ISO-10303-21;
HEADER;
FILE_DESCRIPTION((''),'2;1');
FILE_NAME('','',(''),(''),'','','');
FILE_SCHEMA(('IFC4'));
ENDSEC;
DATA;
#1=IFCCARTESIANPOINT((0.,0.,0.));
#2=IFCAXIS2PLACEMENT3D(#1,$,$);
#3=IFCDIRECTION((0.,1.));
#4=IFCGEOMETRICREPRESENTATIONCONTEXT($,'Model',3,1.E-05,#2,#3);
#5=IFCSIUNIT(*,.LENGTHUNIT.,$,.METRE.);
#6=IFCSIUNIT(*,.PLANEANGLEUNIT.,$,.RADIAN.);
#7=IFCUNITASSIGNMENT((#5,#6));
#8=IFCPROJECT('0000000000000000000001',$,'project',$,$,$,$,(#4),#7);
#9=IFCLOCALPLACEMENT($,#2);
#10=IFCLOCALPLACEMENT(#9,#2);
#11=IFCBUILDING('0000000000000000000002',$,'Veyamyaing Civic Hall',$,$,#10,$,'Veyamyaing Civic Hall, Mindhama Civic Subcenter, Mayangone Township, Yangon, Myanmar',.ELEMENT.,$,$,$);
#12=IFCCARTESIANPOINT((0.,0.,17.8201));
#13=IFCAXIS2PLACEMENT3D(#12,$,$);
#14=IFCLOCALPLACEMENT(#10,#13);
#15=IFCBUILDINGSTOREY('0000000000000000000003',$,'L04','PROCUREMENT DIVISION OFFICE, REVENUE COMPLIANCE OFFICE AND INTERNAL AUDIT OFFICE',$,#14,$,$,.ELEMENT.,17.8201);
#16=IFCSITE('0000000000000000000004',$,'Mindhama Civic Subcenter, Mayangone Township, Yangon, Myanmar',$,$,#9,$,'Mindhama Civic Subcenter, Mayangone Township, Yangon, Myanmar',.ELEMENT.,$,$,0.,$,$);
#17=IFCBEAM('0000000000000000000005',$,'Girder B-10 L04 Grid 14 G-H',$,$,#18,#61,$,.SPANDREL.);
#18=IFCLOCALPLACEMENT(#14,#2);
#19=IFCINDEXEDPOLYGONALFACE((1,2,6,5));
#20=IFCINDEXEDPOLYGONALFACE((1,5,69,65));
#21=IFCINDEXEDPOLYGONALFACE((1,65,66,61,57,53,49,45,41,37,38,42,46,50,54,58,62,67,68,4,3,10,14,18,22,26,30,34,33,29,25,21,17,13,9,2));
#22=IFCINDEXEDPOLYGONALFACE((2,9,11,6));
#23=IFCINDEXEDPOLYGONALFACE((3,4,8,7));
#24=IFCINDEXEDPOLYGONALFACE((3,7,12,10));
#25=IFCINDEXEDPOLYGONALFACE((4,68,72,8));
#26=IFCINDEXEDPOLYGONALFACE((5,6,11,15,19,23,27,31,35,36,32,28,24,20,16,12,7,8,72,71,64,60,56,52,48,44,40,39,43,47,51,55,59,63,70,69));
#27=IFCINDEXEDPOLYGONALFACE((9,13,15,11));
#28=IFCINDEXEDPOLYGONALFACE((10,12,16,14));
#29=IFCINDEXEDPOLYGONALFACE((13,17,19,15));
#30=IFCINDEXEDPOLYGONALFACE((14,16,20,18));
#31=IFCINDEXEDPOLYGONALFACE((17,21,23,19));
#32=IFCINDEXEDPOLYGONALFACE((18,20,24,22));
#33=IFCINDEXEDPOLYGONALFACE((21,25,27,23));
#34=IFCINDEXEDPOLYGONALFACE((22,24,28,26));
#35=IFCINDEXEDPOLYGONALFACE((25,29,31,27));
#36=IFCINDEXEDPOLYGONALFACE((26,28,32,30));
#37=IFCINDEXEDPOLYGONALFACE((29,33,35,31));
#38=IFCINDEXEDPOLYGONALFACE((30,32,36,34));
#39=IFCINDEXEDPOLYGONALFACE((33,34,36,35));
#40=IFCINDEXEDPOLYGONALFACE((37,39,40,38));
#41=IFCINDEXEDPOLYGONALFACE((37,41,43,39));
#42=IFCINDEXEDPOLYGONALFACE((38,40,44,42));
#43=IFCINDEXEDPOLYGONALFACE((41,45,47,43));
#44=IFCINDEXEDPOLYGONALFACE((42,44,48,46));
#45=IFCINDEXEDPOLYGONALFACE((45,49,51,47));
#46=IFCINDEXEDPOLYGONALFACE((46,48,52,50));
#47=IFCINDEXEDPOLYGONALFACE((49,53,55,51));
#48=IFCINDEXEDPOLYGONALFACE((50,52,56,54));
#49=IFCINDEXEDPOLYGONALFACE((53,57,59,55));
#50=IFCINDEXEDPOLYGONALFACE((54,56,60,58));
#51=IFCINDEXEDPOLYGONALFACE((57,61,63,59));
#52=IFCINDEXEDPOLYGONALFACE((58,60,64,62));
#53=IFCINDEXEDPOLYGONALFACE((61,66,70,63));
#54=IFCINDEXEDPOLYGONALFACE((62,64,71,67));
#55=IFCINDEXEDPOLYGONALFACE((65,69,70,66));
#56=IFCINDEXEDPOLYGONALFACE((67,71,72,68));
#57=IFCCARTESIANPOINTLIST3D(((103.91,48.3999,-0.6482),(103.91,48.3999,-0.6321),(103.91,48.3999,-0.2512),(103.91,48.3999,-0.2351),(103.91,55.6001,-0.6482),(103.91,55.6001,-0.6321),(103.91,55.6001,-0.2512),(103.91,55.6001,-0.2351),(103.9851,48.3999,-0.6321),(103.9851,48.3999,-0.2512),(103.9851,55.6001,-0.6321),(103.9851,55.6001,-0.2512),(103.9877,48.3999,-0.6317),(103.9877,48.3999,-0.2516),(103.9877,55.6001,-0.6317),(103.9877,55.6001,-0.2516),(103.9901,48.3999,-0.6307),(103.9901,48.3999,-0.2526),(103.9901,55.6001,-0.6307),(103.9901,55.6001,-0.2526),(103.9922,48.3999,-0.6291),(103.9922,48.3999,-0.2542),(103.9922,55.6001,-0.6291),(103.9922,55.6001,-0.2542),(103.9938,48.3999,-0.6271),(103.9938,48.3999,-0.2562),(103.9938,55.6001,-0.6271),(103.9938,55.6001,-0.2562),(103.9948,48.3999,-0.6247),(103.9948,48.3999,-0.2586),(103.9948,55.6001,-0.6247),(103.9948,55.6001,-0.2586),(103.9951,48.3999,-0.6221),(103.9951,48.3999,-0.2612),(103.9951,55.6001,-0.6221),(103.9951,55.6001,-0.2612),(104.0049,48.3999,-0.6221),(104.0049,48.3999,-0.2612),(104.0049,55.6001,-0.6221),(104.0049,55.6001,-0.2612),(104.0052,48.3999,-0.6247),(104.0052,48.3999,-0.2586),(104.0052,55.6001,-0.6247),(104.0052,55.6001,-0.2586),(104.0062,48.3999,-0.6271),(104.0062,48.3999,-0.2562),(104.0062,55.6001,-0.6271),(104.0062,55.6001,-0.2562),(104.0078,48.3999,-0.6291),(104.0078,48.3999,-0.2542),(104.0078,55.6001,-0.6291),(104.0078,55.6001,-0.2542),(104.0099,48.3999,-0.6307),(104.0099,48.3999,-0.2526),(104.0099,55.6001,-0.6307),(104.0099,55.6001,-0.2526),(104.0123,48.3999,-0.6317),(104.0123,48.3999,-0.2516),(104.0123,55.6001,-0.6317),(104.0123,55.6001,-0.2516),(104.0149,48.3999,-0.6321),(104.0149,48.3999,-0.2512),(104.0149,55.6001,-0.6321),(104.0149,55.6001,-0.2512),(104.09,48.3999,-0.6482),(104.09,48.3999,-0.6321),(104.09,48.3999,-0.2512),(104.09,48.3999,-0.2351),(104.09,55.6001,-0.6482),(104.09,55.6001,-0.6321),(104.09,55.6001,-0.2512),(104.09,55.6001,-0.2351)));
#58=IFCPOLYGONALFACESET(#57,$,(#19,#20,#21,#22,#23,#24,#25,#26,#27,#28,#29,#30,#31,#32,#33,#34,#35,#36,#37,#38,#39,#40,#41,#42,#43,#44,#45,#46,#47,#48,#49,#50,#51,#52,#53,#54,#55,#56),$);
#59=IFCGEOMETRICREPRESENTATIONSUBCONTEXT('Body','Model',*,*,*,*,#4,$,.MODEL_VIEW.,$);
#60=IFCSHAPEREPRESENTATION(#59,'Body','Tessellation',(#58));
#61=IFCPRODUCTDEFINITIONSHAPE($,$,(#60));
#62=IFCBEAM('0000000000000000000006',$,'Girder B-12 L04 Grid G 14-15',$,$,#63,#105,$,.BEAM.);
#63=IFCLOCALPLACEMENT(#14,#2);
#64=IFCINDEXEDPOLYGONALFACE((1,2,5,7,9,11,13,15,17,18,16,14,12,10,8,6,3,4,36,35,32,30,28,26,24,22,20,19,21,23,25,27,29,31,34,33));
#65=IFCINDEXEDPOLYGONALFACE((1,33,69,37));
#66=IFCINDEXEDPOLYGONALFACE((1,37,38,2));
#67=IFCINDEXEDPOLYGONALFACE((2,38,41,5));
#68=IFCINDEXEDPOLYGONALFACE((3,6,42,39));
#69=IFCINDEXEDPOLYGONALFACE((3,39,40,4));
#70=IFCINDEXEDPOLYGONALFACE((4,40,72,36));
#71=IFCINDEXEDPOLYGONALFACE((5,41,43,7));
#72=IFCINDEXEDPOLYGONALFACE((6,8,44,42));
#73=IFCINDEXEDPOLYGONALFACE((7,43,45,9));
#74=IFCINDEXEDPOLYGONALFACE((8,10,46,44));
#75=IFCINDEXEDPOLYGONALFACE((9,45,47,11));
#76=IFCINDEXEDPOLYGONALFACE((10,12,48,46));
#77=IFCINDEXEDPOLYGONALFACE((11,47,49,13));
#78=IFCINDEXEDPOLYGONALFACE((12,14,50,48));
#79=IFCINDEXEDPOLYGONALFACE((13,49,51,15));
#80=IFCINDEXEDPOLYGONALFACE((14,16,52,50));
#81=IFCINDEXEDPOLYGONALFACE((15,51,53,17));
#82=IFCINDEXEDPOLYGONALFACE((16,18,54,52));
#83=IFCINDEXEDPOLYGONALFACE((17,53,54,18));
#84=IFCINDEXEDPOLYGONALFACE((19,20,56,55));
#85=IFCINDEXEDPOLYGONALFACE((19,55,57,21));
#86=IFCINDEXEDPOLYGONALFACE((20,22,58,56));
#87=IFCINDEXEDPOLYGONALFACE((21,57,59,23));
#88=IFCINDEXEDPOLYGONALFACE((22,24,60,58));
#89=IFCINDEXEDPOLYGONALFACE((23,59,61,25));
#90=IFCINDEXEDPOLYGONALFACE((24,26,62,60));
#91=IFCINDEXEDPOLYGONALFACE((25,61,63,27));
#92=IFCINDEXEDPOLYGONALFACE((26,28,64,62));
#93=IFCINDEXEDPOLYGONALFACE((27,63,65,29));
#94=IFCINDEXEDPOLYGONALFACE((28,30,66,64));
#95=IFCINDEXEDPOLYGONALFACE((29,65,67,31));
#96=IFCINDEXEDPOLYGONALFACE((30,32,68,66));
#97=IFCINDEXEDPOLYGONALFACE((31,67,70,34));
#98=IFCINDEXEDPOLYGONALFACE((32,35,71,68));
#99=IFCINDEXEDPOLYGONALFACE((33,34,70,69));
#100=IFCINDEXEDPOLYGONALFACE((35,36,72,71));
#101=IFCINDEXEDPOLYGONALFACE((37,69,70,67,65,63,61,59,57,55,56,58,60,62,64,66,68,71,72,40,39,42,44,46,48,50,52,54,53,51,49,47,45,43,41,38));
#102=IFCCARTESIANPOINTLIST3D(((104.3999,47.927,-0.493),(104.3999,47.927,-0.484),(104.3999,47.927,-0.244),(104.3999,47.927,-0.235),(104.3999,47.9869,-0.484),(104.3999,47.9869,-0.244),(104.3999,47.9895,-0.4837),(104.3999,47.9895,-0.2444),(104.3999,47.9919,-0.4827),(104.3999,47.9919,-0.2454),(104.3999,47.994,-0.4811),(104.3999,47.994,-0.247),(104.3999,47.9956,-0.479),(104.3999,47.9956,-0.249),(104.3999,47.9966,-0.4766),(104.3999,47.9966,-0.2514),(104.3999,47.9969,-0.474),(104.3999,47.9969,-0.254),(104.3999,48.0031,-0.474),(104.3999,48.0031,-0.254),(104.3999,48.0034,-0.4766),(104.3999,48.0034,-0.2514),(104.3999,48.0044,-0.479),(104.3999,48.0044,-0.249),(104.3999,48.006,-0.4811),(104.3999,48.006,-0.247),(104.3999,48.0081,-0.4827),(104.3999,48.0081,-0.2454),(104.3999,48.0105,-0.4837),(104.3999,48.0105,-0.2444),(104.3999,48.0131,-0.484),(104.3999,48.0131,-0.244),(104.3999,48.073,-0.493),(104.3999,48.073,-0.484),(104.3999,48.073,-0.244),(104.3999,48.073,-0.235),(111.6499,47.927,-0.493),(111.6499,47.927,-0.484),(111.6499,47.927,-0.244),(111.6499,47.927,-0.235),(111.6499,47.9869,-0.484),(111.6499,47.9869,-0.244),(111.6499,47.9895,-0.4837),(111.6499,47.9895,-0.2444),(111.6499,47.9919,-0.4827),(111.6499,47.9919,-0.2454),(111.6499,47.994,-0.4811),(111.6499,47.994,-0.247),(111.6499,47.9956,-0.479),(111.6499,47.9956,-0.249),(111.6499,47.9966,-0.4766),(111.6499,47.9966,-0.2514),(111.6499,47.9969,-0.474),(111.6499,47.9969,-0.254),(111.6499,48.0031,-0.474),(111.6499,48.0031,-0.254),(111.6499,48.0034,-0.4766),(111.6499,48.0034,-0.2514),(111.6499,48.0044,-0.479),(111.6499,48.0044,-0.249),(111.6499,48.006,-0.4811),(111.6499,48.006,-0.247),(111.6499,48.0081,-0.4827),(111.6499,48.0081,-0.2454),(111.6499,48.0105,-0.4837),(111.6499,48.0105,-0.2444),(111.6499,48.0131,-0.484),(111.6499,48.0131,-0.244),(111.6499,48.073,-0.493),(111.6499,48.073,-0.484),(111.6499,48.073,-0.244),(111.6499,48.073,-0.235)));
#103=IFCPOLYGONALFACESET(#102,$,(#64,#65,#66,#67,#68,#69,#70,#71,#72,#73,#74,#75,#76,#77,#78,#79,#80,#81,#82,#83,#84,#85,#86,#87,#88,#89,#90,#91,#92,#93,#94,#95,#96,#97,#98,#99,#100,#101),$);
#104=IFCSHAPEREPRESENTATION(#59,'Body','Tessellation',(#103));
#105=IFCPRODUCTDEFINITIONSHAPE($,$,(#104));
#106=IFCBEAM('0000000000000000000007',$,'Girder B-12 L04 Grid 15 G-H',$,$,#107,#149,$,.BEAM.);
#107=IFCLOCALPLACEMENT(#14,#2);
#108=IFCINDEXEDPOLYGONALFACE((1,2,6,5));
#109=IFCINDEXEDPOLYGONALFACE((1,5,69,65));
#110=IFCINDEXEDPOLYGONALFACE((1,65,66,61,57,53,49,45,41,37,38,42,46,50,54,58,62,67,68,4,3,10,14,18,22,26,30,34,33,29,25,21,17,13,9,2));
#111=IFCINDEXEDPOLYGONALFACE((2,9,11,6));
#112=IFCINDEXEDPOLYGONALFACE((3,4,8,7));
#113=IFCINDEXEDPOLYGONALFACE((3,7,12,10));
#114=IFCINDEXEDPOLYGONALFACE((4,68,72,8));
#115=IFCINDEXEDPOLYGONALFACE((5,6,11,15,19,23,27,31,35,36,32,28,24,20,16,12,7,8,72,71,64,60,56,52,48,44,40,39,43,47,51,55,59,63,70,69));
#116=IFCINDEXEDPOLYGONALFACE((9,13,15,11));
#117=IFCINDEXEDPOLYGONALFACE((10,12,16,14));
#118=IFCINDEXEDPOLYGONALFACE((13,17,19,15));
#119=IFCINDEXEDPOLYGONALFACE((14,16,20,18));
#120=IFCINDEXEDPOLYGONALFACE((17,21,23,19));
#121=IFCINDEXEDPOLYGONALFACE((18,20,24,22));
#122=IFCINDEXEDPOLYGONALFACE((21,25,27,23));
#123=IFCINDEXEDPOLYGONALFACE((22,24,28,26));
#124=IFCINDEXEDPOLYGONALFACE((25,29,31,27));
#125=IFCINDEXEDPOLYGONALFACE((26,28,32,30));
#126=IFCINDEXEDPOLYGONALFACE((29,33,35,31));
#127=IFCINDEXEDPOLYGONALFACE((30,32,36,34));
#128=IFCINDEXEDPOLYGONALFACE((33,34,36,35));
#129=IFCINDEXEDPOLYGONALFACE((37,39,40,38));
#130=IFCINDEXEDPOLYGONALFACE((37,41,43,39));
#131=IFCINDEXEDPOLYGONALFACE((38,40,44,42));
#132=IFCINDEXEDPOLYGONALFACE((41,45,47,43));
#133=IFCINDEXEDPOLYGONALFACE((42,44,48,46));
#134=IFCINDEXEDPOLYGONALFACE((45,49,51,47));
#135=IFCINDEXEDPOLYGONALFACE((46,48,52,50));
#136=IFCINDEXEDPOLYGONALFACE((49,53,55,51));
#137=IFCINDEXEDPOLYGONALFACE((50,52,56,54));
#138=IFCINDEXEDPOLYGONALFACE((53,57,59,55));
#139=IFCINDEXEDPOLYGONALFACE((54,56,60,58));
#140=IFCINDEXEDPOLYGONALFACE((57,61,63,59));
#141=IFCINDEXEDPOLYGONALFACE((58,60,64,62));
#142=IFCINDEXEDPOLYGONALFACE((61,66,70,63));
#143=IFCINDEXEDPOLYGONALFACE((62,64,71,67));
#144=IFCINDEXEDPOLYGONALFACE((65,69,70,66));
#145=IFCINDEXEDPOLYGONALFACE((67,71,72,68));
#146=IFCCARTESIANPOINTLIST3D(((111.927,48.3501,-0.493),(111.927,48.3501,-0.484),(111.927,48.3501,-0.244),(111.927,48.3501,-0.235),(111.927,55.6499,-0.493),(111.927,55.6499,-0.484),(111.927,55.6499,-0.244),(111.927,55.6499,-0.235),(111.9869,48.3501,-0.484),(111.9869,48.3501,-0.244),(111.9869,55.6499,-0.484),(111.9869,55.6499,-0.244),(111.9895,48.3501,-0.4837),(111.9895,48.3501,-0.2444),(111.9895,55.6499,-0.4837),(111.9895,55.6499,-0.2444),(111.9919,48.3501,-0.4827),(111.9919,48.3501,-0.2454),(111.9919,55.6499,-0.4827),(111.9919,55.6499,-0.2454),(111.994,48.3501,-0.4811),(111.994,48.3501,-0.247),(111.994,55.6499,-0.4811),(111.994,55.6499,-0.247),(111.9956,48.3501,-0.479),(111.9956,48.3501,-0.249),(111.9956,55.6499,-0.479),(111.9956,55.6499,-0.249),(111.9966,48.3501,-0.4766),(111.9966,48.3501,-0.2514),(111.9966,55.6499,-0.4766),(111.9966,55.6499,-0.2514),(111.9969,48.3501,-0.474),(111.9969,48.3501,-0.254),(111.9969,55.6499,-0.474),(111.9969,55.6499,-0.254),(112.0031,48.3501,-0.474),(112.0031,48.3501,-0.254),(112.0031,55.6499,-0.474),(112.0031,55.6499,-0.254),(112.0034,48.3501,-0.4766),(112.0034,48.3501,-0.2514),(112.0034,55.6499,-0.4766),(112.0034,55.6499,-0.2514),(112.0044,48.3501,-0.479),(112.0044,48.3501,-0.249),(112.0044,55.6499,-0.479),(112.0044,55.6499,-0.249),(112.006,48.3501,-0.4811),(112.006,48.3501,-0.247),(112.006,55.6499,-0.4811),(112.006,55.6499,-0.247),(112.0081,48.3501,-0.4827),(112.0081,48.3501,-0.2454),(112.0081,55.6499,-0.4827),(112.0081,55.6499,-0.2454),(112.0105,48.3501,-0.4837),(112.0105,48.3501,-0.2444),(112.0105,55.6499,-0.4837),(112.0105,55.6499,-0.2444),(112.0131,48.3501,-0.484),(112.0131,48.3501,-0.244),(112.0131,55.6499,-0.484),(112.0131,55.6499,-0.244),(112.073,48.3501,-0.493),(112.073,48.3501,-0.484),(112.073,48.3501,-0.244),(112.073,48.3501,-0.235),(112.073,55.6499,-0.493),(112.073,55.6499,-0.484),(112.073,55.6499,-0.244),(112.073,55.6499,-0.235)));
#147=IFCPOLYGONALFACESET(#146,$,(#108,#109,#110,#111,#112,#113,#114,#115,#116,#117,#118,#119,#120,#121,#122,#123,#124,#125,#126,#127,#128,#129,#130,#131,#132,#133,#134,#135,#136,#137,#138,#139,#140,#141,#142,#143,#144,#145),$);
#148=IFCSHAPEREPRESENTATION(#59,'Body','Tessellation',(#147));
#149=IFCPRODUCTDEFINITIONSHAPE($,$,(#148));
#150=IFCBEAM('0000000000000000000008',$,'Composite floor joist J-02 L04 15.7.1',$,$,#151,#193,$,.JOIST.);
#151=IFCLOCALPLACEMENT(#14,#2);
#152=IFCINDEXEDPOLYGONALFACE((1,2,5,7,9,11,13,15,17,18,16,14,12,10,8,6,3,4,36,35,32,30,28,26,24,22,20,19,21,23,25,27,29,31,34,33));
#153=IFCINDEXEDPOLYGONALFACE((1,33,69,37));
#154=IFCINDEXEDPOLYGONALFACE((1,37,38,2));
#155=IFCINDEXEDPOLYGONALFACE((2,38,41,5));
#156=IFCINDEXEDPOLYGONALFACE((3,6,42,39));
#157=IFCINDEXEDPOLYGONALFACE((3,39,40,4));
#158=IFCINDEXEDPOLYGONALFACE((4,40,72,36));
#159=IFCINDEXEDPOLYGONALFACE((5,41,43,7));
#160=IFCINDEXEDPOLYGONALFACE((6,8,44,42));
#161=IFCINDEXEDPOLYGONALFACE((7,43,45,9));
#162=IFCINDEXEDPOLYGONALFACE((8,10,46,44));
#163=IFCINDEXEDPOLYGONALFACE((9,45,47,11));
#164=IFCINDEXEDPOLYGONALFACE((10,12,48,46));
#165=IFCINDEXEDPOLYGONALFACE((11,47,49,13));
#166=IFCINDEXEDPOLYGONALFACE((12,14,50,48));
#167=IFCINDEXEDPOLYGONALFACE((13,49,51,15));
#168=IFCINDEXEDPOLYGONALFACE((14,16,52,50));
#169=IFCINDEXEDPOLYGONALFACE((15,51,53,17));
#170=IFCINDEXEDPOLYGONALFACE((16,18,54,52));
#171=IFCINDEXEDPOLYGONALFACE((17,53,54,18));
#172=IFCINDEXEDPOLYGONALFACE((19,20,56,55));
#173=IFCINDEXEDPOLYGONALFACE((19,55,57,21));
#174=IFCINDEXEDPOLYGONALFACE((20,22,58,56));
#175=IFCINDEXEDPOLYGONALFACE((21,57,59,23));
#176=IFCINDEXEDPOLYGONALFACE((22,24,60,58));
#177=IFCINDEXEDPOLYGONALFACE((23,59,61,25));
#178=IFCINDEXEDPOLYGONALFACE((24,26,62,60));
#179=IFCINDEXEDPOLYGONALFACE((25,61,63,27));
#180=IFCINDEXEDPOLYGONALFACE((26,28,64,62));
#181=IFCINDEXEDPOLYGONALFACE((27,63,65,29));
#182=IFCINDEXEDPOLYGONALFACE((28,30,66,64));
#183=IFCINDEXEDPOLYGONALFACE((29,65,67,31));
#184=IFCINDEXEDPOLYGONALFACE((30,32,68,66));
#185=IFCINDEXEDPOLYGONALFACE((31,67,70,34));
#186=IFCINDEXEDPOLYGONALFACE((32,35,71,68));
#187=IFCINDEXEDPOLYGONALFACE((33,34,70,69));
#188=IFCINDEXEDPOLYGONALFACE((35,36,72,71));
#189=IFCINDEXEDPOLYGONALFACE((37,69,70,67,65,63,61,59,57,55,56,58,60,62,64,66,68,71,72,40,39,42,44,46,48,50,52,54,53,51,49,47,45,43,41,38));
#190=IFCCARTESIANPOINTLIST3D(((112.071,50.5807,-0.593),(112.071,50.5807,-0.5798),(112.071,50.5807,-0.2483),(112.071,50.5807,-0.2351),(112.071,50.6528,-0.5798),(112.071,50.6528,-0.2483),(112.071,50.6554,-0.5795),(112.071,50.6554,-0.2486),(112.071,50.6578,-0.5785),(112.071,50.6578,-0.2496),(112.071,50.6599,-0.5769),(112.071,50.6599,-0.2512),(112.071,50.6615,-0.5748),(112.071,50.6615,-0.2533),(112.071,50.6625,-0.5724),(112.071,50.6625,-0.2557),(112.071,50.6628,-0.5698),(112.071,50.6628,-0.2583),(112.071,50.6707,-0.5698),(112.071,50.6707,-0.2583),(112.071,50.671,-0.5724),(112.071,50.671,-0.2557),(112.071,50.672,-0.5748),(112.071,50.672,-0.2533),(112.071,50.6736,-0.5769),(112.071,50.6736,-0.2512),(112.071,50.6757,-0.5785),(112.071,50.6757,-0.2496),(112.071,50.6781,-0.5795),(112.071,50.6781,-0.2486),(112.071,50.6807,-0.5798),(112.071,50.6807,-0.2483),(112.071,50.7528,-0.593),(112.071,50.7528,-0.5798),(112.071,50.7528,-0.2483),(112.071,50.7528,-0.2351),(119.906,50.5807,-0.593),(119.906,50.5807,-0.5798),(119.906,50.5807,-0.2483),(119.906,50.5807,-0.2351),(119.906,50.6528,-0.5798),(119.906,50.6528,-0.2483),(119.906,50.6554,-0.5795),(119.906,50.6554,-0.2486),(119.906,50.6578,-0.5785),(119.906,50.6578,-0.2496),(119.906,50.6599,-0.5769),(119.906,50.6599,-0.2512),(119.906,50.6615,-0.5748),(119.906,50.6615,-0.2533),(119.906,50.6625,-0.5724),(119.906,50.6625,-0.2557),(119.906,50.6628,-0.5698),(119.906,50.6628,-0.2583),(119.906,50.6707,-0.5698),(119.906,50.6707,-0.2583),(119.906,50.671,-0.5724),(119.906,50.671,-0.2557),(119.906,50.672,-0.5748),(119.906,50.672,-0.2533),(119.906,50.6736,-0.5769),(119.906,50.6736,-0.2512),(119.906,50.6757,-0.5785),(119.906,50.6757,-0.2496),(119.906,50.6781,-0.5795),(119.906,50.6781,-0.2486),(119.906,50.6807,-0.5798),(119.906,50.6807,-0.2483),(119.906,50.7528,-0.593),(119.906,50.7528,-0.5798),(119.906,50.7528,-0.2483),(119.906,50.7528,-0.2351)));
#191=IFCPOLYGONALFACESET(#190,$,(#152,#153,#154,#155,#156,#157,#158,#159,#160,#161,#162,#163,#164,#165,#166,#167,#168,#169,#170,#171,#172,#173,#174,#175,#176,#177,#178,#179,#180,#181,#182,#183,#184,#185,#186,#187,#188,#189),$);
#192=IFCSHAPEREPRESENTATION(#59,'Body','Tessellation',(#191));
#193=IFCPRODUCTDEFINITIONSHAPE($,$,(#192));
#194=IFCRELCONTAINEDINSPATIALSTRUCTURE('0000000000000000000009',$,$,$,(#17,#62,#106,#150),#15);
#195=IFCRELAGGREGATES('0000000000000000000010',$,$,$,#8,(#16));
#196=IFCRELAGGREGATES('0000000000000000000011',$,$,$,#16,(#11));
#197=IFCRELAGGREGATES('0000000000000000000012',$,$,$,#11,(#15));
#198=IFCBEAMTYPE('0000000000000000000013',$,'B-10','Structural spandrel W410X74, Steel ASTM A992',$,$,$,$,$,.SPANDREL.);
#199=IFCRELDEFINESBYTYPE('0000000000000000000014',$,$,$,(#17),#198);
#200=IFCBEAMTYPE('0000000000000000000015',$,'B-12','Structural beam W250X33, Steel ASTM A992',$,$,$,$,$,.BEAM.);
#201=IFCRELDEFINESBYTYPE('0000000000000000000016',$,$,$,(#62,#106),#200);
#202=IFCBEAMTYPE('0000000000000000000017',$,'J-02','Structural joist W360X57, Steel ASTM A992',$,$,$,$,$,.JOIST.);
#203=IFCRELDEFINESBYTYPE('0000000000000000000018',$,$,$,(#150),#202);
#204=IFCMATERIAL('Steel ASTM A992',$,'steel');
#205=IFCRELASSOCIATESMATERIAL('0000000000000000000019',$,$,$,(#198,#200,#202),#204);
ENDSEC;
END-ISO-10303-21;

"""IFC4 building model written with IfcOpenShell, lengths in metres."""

from ifc_helpers import new_model, si_unit, direction, frame, origin, origin_2d, place, context, subcontext, project, spatial, i_section, extrude, material, material_profile, profile_set, type_object, element, save


model = new_model("IFC4")

# Units and contexts
model_context = context("Model", 3, precision=1e-05, world=origin(), true_north=direction((0.0, 1.0)))
body_context = subcontext(model_context, "Body", "Model", "MODEL_VIEW")
ifc_project = project(units=[si_unit("LENGTHUNIT", "METRE"), si_unit("PLANEANGLEUNIT", "RADIAN")], contexts=[model_context])

# Site, building, storey
site_placement = place(None, origin())
site = spatial("IfcSite", under=ifc_project, at=site_placement, Name="Mindhama Civic Subcenter, Mayangone Township, Yangon, Myanmar", LongName="Mindhama Civic Subcenter, Mayangone Township, Yangon, Myanmar", CompositionType="ELEMENT", RefElevation=0.0)
building_placement = place(site_placement, origin())
building = spatial("IfcBuilding", under=site, at=building_placement, Name="Veyamyaing Civic Hall", LongName="Veyamyaing Civic Hall, Mindhama Civic Subcenter, Mayangone Township, Yangon, Myanmar", CompositionType="ELEMENT")
storey_placement = place(building_placement, frame((0.0, 0.0, 17.8201)))
storey = spatial("IfcBuildingStorey", under=building, at=storey_placement, Name="L04", Description="PROCUREMENT DIVISION OFFICE, REVENUE COMPLIANCE OFFICE AND INTERNAL AUDIT OFFICE", CompositionType="ELEMENT", Elevation=17.8201)

# Beams
ifc_material_1 = material(Name="Steel ASTM A992", Category="steel")
ifc_material_profile_1 = material_profile(ifc_material_1, i_section(OverallWidth=0.1799, OverallDepth=0.4131, WebThickness=0.0098, FlangeThickness=0.0161, FilletRadius=0.01, at=origin_2d()), Name="W410X74")
ifc_profile_set_1 = profile_set([ifc_material_profile_1], Name="Steel ASTM A992")
beam_type_1 = type_object("IfcBeamType", Name="B-10", Description="Structural spandrel W410X74, Steel ASTM A992", PredefinedType="SPANDREL", material=ifc_profile_set_1)
beam_1_placement = place(storey_placement, frame((104.0, 48.3999, -0.4417), z_axis=(0.0, 1.0, 0.0), x_axis=(-1.0, 0.0, 0.0)))
element("IfcBeam", 1, at=beam_1_placement, inside=storey, type_object=beam_type_1, Name="Girder B-10 L04 Grid 14 G-H", PredefinedType="SPANDREL", context=body_context, shape_type="SweptSolid", body=[
    extrude(i_section(OverallWidth=0.1799, OverallDepth=0.4131, WebThickness=0.0098, FlangeThickness=0.0161, FilletRadius=0.01, at=origin_2d()), origin(), (0.0, 0.0, 1.0), 7.2002),
])
ifc_material_profile_2 = material_profile(ifc_material_1, i_section(OverallWidth=0.146, OverallDepth=0.2581, WebThickness=0.0061, FlangeThickness=0.009, FilletRadius=0.01, at=origin_2d()), Name="W250X33")
ifc_profile_set_2 = profile_set([ifc_material_profile_2], Name="Steel ASTM A992")
beam_type_2 = type_object("IfcBeamType", Name="B-12", Description="Structural beam W250X33, Steel ASTM A992", PredefinedType="BEAM", material=ifc_profile_set_2)
beam_2_placement = place(storey_placement, frame((104.3999, 48.0, -0.364), z_axis=(1.0, 0.0, 0.0), x_axis=(0.0, 1.0, 0.0)))
element("IfcBeam", 2, at=beam_2_placement, inside=storey, type_object=beam_type_2, Name="Girder B-12 L04 Grid G 14-15", PredefinedType="BEAM", context=body_context, shape_type="SweptSolid", body=[
    extrude(i_section(OverallWidth=0.146, OverallDepth=0.2581, WebThickness=0.0061, FlangeThickness=0.009, FilletRadius=0.01, at=origin_2d()), origin(), (0.0, 0.0, 1.0), 7.25),
])
beam_3_placement = place(storey_placement, frame((112.0, 48.3501, -0.364), z_axis=(0.0, 1.0, 0.0), x_axis=(-1.0, 0.0, 0.0)))
element("IfcBeam", 3, at=beam_3_placement, inside=storey, type_object=beam_type_2, Name="Girder B-12 L04 Grid 15 G-H", PredefinedType="BEAM", context=body_context, shape_type="SweptSolid", body=[
    extrude(i_section(OverallWidth=0.146, OverallDepth=0.2581, WebThickness=0.0061, FlangeThickness=0.009, FilletRadius=0.01, at=origin_2d()), origin(), (0.0, 0.0, 1.0), 7.2998),
])
ifc_material_profile_3 = material_profile(ifc_material_1, i_section(OverallWidth=0.1721, OverallDepth=0.3579, WebThickness=0.0078, FlangeThickness=0.0132, FilletRadius=0.01, at=origin_2d()), Name="W360X57")
ifc_profile_set_3 = profile_set([ifc_material_profile_3], Name="Steel ASTM A992")
beam_type_3 = type_object("IfcBeamType", Name="J-02", Description="Structural joist W360X57, Steel ASTM A992", PredefinedType="JOIST", material=ifc_profile_set_3)
for number, where, z_axis, x_axis, name in (
    (4, (112.071, 50.6667, -0.4141), (1.0, 0.0, 0.0), (0.0, 1.0, 0.0), "Composite floor joist J-02 L04 15.7.1"),
):
    element("IfcBeam", number, at=place(storey_placement, frame(where, z_axis=z_axis, x_axis=x_axis)), inside=storey, type_object=beam_type_3, Name=name, PredefinedType="JOIST", context=body_context, shape_type="SweptSolid", body=[
        extrude(i_section(OverallWidth=0.1721, OverallDepth=0.3579, WebThickness=0.0078, FlangeThickness=0.0132, FilletRadius=0.01, at=origin_2d()), origin(), (0.0, 0.0, 1.0), 7.835),
    ])

save(model, "model.ifc")
